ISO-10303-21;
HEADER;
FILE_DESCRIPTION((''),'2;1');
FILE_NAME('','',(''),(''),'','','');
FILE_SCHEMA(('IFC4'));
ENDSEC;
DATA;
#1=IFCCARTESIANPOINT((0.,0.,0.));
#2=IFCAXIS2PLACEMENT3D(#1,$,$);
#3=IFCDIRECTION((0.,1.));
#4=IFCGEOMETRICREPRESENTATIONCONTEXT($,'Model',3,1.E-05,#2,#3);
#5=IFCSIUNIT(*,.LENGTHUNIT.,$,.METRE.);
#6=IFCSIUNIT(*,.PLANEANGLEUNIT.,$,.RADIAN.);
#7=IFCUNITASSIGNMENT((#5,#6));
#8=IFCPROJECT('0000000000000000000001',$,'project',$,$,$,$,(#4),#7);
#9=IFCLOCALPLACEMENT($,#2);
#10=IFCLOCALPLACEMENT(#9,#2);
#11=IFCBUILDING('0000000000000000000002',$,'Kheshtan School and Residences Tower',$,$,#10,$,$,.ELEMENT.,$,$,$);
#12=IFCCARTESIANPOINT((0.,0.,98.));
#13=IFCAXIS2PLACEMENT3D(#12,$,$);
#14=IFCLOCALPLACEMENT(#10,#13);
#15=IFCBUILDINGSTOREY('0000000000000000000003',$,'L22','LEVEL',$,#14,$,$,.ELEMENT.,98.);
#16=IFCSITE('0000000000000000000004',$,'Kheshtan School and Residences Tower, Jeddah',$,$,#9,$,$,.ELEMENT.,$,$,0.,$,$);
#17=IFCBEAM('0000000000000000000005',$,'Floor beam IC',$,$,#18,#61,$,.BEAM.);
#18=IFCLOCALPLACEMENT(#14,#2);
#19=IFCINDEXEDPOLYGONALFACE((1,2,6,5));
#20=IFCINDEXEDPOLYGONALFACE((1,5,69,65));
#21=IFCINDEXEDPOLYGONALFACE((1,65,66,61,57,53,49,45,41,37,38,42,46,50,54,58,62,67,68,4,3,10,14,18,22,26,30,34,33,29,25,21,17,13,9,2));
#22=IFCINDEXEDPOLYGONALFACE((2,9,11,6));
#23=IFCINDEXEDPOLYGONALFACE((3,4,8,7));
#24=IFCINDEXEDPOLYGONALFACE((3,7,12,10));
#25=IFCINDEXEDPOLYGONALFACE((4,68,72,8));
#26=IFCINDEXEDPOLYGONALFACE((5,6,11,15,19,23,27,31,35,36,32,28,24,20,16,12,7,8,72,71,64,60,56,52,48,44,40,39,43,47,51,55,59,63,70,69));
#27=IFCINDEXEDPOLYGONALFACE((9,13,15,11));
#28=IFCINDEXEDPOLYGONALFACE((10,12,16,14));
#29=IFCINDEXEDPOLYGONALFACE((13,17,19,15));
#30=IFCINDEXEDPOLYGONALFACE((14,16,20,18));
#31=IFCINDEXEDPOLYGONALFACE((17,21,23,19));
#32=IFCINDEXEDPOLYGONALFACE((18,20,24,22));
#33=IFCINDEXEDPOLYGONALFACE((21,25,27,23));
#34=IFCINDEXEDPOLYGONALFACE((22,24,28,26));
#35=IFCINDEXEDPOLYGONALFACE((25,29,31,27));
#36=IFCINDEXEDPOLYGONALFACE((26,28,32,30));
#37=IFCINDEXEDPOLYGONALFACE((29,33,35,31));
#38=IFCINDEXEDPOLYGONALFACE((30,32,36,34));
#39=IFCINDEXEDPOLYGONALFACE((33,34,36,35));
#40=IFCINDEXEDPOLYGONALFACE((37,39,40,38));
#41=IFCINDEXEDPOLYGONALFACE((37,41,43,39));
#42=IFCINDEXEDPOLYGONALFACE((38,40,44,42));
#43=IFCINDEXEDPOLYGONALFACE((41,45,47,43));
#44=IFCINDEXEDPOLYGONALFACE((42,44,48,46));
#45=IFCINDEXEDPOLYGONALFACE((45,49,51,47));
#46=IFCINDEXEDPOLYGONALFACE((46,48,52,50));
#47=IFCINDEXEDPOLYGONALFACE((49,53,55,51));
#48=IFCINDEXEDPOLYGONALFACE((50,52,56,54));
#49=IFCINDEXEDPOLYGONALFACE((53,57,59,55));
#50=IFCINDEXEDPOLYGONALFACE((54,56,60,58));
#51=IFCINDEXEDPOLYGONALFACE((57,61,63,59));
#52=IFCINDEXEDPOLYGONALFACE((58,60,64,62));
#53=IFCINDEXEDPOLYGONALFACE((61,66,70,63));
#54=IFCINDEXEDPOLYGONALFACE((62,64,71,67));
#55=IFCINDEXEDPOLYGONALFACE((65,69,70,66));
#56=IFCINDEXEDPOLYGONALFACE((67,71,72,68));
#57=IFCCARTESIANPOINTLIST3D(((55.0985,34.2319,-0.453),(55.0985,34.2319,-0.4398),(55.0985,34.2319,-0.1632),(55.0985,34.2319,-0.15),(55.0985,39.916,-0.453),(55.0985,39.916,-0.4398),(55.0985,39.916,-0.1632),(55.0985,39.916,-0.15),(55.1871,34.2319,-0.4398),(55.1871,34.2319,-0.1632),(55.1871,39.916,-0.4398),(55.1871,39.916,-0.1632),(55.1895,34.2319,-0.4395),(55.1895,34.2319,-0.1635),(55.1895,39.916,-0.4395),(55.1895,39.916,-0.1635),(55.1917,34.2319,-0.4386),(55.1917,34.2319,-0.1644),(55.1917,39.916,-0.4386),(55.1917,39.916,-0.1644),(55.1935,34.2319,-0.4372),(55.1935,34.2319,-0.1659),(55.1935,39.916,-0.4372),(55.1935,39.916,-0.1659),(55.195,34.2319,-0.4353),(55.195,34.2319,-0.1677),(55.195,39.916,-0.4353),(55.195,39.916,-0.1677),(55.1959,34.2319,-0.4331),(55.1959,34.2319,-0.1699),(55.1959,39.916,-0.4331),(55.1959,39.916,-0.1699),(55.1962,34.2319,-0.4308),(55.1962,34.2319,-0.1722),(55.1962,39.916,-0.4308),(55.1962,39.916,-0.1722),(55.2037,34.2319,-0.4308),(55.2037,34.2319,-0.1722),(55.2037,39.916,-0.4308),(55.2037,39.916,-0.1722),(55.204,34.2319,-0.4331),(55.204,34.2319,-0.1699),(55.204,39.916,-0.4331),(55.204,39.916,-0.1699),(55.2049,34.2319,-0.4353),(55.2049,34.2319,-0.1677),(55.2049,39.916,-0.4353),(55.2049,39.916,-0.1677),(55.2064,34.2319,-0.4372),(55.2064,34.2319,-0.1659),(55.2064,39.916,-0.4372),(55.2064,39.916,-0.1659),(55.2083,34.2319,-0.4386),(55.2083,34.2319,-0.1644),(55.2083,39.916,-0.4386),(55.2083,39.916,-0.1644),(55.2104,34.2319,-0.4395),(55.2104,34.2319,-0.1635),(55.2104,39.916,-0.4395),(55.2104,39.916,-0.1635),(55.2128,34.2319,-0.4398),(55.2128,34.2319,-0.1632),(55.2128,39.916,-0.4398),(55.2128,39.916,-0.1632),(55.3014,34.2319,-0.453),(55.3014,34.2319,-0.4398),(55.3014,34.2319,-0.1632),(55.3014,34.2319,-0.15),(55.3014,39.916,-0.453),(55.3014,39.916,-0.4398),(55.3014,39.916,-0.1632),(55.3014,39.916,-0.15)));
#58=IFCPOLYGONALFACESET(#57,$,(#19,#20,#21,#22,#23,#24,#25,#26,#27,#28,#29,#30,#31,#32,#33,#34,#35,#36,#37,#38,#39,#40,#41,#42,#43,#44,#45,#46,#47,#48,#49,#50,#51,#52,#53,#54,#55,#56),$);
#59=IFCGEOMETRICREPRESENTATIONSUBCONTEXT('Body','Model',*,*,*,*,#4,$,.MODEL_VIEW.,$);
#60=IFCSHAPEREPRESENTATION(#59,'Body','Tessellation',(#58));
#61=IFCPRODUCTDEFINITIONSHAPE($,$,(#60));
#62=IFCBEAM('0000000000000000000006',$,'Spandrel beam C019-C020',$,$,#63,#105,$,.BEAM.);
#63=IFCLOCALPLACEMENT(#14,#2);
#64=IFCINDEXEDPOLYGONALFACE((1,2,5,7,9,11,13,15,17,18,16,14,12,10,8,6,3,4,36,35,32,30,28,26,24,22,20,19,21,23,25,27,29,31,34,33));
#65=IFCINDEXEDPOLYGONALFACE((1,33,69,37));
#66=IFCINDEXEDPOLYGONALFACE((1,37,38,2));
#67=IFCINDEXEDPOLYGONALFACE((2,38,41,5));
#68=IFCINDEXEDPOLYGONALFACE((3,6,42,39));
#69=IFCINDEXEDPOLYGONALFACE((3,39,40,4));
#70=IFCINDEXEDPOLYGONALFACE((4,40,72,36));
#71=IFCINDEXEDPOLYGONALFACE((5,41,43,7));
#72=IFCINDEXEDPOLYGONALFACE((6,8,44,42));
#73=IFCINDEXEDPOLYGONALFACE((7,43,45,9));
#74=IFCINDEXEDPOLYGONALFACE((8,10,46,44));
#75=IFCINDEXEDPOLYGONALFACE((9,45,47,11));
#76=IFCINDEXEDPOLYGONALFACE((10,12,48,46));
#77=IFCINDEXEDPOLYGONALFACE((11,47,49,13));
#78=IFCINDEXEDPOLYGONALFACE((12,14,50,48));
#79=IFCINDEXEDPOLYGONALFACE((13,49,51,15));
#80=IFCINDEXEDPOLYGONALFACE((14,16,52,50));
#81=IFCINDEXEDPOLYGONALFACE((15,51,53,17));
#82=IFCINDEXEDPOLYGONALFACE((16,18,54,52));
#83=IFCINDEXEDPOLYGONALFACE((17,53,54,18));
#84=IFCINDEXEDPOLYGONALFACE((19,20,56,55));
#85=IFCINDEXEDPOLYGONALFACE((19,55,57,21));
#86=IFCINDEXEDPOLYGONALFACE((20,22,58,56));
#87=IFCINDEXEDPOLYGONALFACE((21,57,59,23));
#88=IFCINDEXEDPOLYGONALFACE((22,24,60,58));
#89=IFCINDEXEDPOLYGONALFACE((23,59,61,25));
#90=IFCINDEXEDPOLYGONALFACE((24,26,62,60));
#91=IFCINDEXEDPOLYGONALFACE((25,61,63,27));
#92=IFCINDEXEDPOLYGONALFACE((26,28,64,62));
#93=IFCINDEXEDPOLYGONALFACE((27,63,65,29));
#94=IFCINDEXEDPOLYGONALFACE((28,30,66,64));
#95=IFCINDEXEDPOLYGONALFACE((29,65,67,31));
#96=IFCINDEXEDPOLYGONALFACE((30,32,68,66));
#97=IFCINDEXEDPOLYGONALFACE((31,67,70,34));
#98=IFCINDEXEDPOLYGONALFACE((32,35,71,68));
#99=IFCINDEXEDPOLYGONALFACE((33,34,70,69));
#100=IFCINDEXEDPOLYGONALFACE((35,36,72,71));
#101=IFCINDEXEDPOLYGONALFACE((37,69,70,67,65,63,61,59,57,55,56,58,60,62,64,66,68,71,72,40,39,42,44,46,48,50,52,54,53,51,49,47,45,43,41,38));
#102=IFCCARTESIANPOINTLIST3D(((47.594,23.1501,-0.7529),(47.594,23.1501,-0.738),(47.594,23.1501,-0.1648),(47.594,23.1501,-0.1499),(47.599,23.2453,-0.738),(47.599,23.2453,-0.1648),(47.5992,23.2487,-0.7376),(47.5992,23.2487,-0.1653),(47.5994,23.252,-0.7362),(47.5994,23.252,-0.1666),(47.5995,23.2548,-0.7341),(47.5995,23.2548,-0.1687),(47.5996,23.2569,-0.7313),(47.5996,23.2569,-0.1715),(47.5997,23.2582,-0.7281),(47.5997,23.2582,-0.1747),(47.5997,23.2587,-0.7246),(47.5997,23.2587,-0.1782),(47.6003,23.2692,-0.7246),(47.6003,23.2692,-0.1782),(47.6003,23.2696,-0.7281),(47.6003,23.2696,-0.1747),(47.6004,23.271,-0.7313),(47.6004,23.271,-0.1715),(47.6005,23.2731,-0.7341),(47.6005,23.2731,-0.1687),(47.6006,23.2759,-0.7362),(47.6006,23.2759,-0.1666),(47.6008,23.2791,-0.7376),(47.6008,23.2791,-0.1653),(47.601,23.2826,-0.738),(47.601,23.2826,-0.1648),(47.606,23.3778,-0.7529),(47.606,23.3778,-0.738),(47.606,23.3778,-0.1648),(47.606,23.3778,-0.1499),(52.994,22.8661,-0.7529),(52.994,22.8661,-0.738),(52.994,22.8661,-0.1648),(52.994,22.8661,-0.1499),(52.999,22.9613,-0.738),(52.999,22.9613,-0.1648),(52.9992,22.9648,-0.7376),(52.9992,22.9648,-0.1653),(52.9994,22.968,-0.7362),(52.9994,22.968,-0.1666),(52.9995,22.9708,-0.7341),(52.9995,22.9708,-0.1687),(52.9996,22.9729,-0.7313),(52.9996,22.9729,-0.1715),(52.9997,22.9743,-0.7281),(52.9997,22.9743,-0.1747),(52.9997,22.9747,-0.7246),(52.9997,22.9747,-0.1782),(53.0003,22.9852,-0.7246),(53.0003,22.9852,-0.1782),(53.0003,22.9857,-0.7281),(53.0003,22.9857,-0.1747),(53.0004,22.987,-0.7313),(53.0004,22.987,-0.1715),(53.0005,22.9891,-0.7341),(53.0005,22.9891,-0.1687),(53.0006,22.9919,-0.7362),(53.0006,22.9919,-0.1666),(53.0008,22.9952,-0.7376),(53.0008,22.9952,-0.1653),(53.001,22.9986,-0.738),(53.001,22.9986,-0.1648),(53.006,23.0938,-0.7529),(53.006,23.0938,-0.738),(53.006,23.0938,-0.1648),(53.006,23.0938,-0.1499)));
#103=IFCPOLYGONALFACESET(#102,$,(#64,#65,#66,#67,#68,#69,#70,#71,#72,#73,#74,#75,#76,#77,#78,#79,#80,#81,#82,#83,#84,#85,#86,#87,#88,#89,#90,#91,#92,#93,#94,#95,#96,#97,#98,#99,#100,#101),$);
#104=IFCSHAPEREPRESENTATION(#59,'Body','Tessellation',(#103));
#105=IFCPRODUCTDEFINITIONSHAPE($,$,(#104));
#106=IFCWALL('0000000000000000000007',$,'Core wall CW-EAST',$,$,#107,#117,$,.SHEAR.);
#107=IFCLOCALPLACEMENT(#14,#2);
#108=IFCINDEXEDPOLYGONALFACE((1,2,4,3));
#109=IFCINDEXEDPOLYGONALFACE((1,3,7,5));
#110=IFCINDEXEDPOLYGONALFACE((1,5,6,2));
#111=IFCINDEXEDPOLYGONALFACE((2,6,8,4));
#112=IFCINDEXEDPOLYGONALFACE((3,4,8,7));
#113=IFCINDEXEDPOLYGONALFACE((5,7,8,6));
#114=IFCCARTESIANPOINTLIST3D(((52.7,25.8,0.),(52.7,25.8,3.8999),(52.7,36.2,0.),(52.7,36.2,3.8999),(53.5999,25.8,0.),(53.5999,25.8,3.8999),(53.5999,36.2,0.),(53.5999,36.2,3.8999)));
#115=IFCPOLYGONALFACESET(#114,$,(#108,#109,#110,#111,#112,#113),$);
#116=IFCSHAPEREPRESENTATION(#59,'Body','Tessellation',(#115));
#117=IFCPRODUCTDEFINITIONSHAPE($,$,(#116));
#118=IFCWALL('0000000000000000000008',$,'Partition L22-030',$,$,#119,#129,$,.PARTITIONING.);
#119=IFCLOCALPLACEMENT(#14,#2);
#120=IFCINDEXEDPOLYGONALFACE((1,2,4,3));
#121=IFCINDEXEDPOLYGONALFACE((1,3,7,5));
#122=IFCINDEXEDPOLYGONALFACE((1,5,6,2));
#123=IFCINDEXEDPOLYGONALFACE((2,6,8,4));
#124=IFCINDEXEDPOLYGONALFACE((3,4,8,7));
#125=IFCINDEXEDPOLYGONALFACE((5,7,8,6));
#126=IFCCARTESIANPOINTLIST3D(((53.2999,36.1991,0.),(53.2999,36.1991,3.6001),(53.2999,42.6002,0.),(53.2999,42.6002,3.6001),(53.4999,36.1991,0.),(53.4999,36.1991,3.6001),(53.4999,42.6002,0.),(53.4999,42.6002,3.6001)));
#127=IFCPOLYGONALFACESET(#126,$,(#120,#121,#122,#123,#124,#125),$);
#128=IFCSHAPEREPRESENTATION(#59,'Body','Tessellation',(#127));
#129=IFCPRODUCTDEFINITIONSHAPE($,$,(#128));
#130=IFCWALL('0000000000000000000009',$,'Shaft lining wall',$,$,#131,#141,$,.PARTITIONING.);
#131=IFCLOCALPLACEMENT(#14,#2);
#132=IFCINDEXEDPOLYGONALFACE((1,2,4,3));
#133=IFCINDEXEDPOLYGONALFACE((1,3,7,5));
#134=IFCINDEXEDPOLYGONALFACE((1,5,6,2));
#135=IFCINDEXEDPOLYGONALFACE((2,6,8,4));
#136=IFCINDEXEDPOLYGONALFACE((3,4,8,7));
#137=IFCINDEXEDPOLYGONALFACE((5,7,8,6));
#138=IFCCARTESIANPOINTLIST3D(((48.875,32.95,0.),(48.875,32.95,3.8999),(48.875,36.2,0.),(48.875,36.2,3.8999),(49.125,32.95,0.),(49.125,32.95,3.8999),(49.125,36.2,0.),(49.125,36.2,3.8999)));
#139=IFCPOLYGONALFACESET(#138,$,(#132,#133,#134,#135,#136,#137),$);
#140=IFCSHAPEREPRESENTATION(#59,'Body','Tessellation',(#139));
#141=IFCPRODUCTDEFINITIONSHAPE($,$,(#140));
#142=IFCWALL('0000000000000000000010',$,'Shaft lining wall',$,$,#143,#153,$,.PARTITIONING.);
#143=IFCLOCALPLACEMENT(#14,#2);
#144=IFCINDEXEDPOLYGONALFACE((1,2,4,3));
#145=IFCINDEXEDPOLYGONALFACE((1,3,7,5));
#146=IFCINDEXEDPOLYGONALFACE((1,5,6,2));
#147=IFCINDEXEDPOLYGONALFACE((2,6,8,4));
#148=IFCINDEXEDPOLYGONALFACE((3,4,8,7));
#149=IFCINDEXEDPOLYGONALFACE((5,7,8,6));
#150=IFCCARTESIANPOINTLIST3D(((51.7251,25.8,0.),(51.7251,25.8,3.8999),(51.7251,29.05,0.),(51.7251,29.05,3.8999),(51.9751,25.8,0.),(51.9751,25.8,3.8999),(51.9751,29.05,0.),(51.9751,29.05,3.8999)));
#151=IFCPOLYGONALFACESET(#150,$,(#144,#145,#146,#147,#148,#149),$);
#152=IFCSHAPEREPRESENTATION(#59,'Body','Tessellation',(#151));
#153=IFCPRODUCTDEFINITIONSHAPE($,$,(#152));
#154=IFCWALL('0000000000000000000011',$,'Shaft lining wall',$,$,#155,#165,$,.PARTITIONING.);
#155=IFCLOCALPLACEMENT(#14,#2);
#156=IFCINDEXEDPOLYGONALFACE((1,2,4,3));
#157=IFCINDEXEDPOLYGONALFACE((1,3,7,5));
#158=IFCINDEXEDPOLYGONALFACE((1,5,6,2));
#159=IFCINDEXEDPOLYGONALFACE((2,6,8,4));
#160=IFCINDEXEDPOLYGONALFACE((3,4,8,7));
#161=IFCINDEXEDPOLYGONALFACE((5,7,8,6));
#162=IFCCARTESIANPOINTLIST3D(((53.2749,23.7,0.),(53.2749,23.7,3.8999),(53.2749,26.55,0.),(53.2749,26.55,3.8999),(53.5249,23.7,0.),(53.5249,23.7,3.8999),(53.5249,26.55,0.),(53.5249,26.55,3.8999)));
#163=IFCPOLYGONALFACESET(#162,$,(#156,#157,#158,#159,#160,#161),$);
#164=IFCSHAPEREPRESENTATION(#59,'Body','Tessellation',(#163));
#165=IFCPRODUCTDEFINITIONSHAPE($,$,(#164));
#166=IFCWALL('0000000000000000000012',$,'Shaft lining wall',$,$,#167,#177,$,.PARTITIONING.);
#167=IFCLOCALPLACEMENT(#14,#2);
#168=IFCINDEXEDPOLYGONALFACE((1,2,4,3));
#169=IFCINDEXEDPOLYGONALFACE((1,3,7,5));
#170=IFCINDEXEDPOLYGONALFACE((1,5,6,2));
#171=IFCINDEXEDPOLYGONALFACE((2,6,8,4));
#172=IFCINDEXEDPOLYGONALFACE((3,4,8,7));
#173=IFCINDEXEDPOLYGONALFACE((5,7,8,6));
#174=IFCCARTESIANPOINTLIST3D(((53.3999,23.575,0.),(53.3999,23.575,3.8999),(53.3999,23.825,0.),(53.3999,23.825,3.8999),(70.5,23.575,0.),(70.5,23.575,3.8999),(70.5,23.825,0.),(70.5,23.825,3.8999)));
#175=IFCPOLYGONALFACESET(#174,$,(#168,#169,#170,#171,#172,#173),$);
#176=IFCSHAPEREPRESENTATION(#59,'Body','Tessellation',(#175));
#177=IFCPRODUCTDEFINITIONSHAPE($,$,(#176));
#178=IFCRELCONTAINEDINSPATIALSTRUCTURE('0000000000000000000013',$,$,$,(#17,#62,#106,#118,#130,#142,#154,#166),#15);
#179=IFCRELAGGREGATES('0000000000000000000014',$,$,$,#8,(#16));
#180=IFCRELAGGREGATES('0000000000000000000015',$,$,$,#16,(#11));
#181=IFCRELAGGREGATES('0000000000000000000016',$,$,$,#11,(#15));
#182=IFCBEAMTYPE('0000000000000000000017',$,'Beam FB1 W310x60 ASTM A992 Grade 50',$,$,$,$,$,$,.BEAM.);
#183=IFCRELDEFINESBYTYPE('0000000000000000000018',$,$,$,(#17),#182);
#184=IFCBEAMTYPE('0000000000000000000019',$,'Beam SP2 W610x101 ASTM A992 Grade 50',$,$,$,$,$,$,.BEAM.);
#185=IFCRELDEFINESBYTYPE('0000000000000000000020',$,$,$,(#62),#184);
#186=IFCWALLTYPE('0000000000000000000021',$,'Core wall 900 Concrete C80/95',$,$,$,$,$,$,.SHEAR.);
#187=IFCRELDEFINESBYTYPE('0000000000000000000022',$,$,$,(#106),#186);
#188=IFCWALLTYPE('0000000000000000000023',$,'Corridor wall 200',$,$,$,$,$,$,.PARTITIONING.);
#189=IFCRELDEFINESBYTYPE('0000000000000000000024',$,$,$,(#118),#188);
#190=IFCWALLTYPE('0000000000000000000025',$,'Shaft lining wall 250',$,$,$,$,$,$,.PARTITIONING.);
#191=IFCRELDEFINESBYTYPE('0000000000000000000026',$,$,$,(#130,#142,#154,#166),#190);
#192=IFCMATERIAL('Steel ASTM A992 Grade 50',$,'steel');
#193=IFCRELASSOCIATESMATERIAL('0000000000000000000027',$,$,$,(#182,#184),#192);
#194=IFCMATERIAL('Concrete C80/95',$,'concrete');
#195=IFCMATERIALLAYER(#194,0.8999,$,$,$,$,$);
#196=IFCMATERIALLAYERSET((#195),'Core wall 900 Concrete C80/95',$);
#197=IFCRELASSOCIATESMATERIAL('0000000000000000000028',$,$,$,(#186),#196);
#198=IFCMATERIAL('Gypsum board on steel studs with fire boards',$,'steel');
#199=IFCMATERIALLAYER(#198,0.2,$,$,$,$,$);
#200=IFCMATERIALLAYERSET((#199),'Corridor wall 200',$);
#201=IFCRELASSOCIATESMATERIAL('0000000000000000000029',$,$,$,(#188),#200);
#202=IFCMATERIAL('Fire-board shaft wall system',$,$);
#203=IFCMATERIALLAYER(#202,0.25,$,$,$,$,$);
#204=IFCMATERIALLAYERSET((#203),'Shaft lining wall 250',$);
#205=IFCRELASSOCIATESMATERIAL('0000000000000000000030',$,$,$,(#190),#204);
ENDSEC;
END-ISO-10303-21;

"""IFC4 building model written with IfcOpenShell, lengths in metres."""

from ifc_helpers import new_model, si_unit, direction, frame, frame_2d, origin, origin_2d, place, context, subcontext, project, spatial, rectangle, i_section, extrude, material, layer, layer_set, material_profile, profile_set, type_object, element, save


model = new_model("IFC4")

# Units and contexts
model_context = context("Model", 3, precision=1e-05, world=origin(), true_north=direction((0.0, 1.0)))
body_context = subcontext(model_context, "Body", "Model", "MODEL_VIEW")
ifc_project = project(units=[si_unit("LENGTHUNIT", "METRE"), si_unit("PLANEANGLEUNIT", "RADIAN")], contexts=[model_context])

# Site, building, storey
site_placement = place(None, origin())
site = spatial("IfcSite", under=ifc_project, at=site_placement, Name="Kheshtan School and Residences Tower, Jeddah", CompositionType="ELEMENT", RefElevation=0.0)
building_placement = place(site_placement, origin())
building = spatial("IfcBuilding", under=site, at=building_placement, Name="Kheshtan School and Residences Tower", CompositionType="ELEMENT")
storey_placement = place(building_placement, frame((0.0, 0.0, 98.0)))
storey = spatial("IfcBuildingStorey", under=building, at=storey_placement, Name="L22", Description="LEVEL", CompositionType="ELEMENT", Elevation=98.0)

# Shared definitions
ifc_material_1 = material(Name="Steel ASTM A992 Grade 50", Category="steel")

# Beams
ifc_material_profile_1 = material_profile(ifc_material_1, i_section(OverallWidth=0.2029, OverallDepth=0.303, WebThickness=0.0076, FlangeThickness=0.0132, FilletRadius=0.009, at=origin_2d()), Name="W310x60")
ifc_profile_set_1 = profile_set([ifc_material_profile_1], Name="Steel ASTM A992 Grade 50")
beam_type_1 = type_object("IfcBeamType", Name="Beam FB1 W310x60 ASTM A992 Grade 50", PredefinedType="BEAM", material=ifc_profile_set_1)
beam_1_placement = place(storey_placement, frame((55.2, 34.2319, -0.3015), z_axis=(0.0, 1.0, 0.0), x_axis=(-1.0, 0.0, 0.0)))
element("IfcBeam", 1, at=beam_1_placement, inside=storey, type_object=beam_type_1, Name="Floor beam IC", PredefinedType="BEAM", context=body_context, shape_type="SweptSolid", body=[
    extrude(i_section(OverallWidth=0.2029, OverallDepth=0.303, WebThickness=0.0076, FlangeThickness=0.0132, FilletRadius=0.009, at=origin_2d()), origin(), (0.0, 0.0, 1.0), 5.6841),
])
ifc_material_profile_2 = material_profile(ifc_material_1, i_section(OverallWidth=0.228, OverallDepth=0.603, WebThickness=0.0105, FlangeThickness=0.0149, FilletRadius=0.0134, at=origin_2d()), Name="W610x101")
ifc_profile_set_2 = profile_set([ifc_material_profile_2], Name="Steel ASTM A992 Grade 50")
beam_type_2 = type_object("IfcBeamType", Name="Beam SP2 W610x101 ASTM A992 Grade 50", PredefinedType="BEAM", material=ifc_profile_set_2)
beam_2_placement = place(storey_placement, frame((53.0, 22.98, -0.4514), z_axis=(-0.99862, 0.052509, 0.0), x_axis=(-0.052509, -0.99862, 0.0)))
element("IfcBeam", 2, at=beam_2_placement, inside=storey, type_object=beam_type_2, Name="Spandrel beam C019-C020", PredefinedType="BEAM", context=body_context, shape_type="SweptSolid", body=[
    extrude(i_section(OverallWidth=0.228, OverallDepth=0.603, WebThickness=0.0105, FlangeThickness=0.0149, FilletRadius=0.0134, at=origin_2d()), origin(), (0.0, 0.0, 1.0), 5.4075),
])

# Walls
ifc_material_2 = material(Name="Concrete C80/95", Category="concrete")
ifc_layer_1 = layer(ifc_material_2, 0.8999)
ifc_layer_set_1 = layer_set([ifc_layer_1], Name="Core wall 900 Concrete C80/95")
wall_type_1 = type_object("IfcWallType", Name="Core wall 900 Concrete C80/95", PredefinedType="SHEAR", material=ifc_layer_set_1)
wall_1_placement = place(storey_placement, frame((53.1499, 25.8, 0.0), z_axis=(0.0, 0.0, 1.0), x_axis=(0.0, 1.0, 0.0)))
element("IfcWall", 3, at=wall_1_placement, inside=storey, type_object=wall_type_1, Name="Core wall CW-EAST", PredefinedType="SHEAR", context=body_context, shape_type="SweptSolid", body=[
    extrude(rectangle(XDim=10.3999, YDim=0.8999, at=frame_2d((5.2, 0.0))), origin(), (0.0, 0.0, 1.0), 3.8999),
])
ifc_material_3 = material(Name="Gypsum board on steel studs with fire boards", Category="steel")
ifc_layer_2 = layer(ifc_material_3, 0.2)
ifc_layer_set_2 = layer_set([ifc_layer_2], Name="Corridor wall 200")
wall_type_2 = type_object("IfcWallType", Name="Corridor wall 200", PredefinedType="PARTITIONING", material=ifc_layer_set_2)
wall_2_placement = place(storey_placement, frame((53.3999, 36.199, 0.0), z_axis=(0.0, 0.0, 1.0), x_axis=(0.0, 1.0, 0.0)))
element("IfcWall", 4, at=wall_2_placement, inside=storey, type_object=wall_type_2, Name="Partition L22-030", PredefinedType="PARTITIONING", context=body_context, shape_type="SweptSolid", body=[
    extrude(rectangle(XDim=6.4011, YDim=0.2, at=frame_2d((3.2007, 0.0))), origin(), (0.0, 0.0, 1.0), 3.6001),
])
ifc_material_4 = material(Name="Fire-board shaft wall system")
ifc_layer_3 = layer(ifc_material_4, 0.25)
ifc_layer_set_3 = layer_set([ifc_layer_3], Name="Shaft lining wall 250")
wall_type_3 = type_object("IfcWallType", Name="Shaft lining wall 250", PredefinedType="PARTITIONING", material=ifc_layer_set_3)
for number, where, z_axis, x_axis, name in (
    (5, (49.0, 32.95, 0.0), (0.0, 0.0, 1.0), (0.0, 1.0, 0.0), "Shaft lining wall"),
    (6, (51.8501, 25.8, 0.0), (0.0, 0.0, 1.0), (0.0, 1.0, 0.0), "Shaft lining wall"),
):
    element("IfcWall", number, at=place(storey_placement, frame(where, z_axis=z_axis, x_axis=x_axis)), inside=storey, type_object=wall_type_3, Name=name, PredefinedType="PARTITIONING", context=body_context, shape_type="SweptSolid", body=[
        extrude(rectangle(XDim=3.25, YDim=0.25, at=frame_2d((1.625, 0.0))), origin(), (0.0, 0.0, 1.0), 3.8999),
    ])
wall_3_placement = place(storey_placement, frame((53.3999, 23.7, 0.0), z_axis=(0.0, 0.0, 1.0), x_axis=(0.0, 1.0, 0.0)))
element("IfcWall", 7, at=wall_3_placement, inside=storey, type_object=wall_type_3, Name="Shaft lining wall", PredefinedType="PARTITIONING", context=body_context, shape_type="SweptSolid", body=[
    extrude(rectangle(XDim=2.8501, YDim=0.25, at=frame_2d((1.425, 0.0))), origin(), (0.0, 0.0, 1.0), 3.8999),
])
wall_4_placement = place(storey_placement, frame((53.3999, 23.7, 0.0), z_axis=(0.0, 0.0, 1.0), x_axis=(1.0, 0.0, 0.0)))
element("IfcWall", 8, at=wall_4_placement, inside=storey, type_object=wall_type_3, Name="Shaft lining wall", PredefinedType="PARTITIONING", context=body_context, shape_type="SweptSolid", body=[
    extrude(rectangle(XDim=17.1001, YDim=0.25, at=frame_2d((8.55, 0.0))), origin(), (0.0, 0.0, 1.0), 3.8999),
])

save(model, "model.ifc")
